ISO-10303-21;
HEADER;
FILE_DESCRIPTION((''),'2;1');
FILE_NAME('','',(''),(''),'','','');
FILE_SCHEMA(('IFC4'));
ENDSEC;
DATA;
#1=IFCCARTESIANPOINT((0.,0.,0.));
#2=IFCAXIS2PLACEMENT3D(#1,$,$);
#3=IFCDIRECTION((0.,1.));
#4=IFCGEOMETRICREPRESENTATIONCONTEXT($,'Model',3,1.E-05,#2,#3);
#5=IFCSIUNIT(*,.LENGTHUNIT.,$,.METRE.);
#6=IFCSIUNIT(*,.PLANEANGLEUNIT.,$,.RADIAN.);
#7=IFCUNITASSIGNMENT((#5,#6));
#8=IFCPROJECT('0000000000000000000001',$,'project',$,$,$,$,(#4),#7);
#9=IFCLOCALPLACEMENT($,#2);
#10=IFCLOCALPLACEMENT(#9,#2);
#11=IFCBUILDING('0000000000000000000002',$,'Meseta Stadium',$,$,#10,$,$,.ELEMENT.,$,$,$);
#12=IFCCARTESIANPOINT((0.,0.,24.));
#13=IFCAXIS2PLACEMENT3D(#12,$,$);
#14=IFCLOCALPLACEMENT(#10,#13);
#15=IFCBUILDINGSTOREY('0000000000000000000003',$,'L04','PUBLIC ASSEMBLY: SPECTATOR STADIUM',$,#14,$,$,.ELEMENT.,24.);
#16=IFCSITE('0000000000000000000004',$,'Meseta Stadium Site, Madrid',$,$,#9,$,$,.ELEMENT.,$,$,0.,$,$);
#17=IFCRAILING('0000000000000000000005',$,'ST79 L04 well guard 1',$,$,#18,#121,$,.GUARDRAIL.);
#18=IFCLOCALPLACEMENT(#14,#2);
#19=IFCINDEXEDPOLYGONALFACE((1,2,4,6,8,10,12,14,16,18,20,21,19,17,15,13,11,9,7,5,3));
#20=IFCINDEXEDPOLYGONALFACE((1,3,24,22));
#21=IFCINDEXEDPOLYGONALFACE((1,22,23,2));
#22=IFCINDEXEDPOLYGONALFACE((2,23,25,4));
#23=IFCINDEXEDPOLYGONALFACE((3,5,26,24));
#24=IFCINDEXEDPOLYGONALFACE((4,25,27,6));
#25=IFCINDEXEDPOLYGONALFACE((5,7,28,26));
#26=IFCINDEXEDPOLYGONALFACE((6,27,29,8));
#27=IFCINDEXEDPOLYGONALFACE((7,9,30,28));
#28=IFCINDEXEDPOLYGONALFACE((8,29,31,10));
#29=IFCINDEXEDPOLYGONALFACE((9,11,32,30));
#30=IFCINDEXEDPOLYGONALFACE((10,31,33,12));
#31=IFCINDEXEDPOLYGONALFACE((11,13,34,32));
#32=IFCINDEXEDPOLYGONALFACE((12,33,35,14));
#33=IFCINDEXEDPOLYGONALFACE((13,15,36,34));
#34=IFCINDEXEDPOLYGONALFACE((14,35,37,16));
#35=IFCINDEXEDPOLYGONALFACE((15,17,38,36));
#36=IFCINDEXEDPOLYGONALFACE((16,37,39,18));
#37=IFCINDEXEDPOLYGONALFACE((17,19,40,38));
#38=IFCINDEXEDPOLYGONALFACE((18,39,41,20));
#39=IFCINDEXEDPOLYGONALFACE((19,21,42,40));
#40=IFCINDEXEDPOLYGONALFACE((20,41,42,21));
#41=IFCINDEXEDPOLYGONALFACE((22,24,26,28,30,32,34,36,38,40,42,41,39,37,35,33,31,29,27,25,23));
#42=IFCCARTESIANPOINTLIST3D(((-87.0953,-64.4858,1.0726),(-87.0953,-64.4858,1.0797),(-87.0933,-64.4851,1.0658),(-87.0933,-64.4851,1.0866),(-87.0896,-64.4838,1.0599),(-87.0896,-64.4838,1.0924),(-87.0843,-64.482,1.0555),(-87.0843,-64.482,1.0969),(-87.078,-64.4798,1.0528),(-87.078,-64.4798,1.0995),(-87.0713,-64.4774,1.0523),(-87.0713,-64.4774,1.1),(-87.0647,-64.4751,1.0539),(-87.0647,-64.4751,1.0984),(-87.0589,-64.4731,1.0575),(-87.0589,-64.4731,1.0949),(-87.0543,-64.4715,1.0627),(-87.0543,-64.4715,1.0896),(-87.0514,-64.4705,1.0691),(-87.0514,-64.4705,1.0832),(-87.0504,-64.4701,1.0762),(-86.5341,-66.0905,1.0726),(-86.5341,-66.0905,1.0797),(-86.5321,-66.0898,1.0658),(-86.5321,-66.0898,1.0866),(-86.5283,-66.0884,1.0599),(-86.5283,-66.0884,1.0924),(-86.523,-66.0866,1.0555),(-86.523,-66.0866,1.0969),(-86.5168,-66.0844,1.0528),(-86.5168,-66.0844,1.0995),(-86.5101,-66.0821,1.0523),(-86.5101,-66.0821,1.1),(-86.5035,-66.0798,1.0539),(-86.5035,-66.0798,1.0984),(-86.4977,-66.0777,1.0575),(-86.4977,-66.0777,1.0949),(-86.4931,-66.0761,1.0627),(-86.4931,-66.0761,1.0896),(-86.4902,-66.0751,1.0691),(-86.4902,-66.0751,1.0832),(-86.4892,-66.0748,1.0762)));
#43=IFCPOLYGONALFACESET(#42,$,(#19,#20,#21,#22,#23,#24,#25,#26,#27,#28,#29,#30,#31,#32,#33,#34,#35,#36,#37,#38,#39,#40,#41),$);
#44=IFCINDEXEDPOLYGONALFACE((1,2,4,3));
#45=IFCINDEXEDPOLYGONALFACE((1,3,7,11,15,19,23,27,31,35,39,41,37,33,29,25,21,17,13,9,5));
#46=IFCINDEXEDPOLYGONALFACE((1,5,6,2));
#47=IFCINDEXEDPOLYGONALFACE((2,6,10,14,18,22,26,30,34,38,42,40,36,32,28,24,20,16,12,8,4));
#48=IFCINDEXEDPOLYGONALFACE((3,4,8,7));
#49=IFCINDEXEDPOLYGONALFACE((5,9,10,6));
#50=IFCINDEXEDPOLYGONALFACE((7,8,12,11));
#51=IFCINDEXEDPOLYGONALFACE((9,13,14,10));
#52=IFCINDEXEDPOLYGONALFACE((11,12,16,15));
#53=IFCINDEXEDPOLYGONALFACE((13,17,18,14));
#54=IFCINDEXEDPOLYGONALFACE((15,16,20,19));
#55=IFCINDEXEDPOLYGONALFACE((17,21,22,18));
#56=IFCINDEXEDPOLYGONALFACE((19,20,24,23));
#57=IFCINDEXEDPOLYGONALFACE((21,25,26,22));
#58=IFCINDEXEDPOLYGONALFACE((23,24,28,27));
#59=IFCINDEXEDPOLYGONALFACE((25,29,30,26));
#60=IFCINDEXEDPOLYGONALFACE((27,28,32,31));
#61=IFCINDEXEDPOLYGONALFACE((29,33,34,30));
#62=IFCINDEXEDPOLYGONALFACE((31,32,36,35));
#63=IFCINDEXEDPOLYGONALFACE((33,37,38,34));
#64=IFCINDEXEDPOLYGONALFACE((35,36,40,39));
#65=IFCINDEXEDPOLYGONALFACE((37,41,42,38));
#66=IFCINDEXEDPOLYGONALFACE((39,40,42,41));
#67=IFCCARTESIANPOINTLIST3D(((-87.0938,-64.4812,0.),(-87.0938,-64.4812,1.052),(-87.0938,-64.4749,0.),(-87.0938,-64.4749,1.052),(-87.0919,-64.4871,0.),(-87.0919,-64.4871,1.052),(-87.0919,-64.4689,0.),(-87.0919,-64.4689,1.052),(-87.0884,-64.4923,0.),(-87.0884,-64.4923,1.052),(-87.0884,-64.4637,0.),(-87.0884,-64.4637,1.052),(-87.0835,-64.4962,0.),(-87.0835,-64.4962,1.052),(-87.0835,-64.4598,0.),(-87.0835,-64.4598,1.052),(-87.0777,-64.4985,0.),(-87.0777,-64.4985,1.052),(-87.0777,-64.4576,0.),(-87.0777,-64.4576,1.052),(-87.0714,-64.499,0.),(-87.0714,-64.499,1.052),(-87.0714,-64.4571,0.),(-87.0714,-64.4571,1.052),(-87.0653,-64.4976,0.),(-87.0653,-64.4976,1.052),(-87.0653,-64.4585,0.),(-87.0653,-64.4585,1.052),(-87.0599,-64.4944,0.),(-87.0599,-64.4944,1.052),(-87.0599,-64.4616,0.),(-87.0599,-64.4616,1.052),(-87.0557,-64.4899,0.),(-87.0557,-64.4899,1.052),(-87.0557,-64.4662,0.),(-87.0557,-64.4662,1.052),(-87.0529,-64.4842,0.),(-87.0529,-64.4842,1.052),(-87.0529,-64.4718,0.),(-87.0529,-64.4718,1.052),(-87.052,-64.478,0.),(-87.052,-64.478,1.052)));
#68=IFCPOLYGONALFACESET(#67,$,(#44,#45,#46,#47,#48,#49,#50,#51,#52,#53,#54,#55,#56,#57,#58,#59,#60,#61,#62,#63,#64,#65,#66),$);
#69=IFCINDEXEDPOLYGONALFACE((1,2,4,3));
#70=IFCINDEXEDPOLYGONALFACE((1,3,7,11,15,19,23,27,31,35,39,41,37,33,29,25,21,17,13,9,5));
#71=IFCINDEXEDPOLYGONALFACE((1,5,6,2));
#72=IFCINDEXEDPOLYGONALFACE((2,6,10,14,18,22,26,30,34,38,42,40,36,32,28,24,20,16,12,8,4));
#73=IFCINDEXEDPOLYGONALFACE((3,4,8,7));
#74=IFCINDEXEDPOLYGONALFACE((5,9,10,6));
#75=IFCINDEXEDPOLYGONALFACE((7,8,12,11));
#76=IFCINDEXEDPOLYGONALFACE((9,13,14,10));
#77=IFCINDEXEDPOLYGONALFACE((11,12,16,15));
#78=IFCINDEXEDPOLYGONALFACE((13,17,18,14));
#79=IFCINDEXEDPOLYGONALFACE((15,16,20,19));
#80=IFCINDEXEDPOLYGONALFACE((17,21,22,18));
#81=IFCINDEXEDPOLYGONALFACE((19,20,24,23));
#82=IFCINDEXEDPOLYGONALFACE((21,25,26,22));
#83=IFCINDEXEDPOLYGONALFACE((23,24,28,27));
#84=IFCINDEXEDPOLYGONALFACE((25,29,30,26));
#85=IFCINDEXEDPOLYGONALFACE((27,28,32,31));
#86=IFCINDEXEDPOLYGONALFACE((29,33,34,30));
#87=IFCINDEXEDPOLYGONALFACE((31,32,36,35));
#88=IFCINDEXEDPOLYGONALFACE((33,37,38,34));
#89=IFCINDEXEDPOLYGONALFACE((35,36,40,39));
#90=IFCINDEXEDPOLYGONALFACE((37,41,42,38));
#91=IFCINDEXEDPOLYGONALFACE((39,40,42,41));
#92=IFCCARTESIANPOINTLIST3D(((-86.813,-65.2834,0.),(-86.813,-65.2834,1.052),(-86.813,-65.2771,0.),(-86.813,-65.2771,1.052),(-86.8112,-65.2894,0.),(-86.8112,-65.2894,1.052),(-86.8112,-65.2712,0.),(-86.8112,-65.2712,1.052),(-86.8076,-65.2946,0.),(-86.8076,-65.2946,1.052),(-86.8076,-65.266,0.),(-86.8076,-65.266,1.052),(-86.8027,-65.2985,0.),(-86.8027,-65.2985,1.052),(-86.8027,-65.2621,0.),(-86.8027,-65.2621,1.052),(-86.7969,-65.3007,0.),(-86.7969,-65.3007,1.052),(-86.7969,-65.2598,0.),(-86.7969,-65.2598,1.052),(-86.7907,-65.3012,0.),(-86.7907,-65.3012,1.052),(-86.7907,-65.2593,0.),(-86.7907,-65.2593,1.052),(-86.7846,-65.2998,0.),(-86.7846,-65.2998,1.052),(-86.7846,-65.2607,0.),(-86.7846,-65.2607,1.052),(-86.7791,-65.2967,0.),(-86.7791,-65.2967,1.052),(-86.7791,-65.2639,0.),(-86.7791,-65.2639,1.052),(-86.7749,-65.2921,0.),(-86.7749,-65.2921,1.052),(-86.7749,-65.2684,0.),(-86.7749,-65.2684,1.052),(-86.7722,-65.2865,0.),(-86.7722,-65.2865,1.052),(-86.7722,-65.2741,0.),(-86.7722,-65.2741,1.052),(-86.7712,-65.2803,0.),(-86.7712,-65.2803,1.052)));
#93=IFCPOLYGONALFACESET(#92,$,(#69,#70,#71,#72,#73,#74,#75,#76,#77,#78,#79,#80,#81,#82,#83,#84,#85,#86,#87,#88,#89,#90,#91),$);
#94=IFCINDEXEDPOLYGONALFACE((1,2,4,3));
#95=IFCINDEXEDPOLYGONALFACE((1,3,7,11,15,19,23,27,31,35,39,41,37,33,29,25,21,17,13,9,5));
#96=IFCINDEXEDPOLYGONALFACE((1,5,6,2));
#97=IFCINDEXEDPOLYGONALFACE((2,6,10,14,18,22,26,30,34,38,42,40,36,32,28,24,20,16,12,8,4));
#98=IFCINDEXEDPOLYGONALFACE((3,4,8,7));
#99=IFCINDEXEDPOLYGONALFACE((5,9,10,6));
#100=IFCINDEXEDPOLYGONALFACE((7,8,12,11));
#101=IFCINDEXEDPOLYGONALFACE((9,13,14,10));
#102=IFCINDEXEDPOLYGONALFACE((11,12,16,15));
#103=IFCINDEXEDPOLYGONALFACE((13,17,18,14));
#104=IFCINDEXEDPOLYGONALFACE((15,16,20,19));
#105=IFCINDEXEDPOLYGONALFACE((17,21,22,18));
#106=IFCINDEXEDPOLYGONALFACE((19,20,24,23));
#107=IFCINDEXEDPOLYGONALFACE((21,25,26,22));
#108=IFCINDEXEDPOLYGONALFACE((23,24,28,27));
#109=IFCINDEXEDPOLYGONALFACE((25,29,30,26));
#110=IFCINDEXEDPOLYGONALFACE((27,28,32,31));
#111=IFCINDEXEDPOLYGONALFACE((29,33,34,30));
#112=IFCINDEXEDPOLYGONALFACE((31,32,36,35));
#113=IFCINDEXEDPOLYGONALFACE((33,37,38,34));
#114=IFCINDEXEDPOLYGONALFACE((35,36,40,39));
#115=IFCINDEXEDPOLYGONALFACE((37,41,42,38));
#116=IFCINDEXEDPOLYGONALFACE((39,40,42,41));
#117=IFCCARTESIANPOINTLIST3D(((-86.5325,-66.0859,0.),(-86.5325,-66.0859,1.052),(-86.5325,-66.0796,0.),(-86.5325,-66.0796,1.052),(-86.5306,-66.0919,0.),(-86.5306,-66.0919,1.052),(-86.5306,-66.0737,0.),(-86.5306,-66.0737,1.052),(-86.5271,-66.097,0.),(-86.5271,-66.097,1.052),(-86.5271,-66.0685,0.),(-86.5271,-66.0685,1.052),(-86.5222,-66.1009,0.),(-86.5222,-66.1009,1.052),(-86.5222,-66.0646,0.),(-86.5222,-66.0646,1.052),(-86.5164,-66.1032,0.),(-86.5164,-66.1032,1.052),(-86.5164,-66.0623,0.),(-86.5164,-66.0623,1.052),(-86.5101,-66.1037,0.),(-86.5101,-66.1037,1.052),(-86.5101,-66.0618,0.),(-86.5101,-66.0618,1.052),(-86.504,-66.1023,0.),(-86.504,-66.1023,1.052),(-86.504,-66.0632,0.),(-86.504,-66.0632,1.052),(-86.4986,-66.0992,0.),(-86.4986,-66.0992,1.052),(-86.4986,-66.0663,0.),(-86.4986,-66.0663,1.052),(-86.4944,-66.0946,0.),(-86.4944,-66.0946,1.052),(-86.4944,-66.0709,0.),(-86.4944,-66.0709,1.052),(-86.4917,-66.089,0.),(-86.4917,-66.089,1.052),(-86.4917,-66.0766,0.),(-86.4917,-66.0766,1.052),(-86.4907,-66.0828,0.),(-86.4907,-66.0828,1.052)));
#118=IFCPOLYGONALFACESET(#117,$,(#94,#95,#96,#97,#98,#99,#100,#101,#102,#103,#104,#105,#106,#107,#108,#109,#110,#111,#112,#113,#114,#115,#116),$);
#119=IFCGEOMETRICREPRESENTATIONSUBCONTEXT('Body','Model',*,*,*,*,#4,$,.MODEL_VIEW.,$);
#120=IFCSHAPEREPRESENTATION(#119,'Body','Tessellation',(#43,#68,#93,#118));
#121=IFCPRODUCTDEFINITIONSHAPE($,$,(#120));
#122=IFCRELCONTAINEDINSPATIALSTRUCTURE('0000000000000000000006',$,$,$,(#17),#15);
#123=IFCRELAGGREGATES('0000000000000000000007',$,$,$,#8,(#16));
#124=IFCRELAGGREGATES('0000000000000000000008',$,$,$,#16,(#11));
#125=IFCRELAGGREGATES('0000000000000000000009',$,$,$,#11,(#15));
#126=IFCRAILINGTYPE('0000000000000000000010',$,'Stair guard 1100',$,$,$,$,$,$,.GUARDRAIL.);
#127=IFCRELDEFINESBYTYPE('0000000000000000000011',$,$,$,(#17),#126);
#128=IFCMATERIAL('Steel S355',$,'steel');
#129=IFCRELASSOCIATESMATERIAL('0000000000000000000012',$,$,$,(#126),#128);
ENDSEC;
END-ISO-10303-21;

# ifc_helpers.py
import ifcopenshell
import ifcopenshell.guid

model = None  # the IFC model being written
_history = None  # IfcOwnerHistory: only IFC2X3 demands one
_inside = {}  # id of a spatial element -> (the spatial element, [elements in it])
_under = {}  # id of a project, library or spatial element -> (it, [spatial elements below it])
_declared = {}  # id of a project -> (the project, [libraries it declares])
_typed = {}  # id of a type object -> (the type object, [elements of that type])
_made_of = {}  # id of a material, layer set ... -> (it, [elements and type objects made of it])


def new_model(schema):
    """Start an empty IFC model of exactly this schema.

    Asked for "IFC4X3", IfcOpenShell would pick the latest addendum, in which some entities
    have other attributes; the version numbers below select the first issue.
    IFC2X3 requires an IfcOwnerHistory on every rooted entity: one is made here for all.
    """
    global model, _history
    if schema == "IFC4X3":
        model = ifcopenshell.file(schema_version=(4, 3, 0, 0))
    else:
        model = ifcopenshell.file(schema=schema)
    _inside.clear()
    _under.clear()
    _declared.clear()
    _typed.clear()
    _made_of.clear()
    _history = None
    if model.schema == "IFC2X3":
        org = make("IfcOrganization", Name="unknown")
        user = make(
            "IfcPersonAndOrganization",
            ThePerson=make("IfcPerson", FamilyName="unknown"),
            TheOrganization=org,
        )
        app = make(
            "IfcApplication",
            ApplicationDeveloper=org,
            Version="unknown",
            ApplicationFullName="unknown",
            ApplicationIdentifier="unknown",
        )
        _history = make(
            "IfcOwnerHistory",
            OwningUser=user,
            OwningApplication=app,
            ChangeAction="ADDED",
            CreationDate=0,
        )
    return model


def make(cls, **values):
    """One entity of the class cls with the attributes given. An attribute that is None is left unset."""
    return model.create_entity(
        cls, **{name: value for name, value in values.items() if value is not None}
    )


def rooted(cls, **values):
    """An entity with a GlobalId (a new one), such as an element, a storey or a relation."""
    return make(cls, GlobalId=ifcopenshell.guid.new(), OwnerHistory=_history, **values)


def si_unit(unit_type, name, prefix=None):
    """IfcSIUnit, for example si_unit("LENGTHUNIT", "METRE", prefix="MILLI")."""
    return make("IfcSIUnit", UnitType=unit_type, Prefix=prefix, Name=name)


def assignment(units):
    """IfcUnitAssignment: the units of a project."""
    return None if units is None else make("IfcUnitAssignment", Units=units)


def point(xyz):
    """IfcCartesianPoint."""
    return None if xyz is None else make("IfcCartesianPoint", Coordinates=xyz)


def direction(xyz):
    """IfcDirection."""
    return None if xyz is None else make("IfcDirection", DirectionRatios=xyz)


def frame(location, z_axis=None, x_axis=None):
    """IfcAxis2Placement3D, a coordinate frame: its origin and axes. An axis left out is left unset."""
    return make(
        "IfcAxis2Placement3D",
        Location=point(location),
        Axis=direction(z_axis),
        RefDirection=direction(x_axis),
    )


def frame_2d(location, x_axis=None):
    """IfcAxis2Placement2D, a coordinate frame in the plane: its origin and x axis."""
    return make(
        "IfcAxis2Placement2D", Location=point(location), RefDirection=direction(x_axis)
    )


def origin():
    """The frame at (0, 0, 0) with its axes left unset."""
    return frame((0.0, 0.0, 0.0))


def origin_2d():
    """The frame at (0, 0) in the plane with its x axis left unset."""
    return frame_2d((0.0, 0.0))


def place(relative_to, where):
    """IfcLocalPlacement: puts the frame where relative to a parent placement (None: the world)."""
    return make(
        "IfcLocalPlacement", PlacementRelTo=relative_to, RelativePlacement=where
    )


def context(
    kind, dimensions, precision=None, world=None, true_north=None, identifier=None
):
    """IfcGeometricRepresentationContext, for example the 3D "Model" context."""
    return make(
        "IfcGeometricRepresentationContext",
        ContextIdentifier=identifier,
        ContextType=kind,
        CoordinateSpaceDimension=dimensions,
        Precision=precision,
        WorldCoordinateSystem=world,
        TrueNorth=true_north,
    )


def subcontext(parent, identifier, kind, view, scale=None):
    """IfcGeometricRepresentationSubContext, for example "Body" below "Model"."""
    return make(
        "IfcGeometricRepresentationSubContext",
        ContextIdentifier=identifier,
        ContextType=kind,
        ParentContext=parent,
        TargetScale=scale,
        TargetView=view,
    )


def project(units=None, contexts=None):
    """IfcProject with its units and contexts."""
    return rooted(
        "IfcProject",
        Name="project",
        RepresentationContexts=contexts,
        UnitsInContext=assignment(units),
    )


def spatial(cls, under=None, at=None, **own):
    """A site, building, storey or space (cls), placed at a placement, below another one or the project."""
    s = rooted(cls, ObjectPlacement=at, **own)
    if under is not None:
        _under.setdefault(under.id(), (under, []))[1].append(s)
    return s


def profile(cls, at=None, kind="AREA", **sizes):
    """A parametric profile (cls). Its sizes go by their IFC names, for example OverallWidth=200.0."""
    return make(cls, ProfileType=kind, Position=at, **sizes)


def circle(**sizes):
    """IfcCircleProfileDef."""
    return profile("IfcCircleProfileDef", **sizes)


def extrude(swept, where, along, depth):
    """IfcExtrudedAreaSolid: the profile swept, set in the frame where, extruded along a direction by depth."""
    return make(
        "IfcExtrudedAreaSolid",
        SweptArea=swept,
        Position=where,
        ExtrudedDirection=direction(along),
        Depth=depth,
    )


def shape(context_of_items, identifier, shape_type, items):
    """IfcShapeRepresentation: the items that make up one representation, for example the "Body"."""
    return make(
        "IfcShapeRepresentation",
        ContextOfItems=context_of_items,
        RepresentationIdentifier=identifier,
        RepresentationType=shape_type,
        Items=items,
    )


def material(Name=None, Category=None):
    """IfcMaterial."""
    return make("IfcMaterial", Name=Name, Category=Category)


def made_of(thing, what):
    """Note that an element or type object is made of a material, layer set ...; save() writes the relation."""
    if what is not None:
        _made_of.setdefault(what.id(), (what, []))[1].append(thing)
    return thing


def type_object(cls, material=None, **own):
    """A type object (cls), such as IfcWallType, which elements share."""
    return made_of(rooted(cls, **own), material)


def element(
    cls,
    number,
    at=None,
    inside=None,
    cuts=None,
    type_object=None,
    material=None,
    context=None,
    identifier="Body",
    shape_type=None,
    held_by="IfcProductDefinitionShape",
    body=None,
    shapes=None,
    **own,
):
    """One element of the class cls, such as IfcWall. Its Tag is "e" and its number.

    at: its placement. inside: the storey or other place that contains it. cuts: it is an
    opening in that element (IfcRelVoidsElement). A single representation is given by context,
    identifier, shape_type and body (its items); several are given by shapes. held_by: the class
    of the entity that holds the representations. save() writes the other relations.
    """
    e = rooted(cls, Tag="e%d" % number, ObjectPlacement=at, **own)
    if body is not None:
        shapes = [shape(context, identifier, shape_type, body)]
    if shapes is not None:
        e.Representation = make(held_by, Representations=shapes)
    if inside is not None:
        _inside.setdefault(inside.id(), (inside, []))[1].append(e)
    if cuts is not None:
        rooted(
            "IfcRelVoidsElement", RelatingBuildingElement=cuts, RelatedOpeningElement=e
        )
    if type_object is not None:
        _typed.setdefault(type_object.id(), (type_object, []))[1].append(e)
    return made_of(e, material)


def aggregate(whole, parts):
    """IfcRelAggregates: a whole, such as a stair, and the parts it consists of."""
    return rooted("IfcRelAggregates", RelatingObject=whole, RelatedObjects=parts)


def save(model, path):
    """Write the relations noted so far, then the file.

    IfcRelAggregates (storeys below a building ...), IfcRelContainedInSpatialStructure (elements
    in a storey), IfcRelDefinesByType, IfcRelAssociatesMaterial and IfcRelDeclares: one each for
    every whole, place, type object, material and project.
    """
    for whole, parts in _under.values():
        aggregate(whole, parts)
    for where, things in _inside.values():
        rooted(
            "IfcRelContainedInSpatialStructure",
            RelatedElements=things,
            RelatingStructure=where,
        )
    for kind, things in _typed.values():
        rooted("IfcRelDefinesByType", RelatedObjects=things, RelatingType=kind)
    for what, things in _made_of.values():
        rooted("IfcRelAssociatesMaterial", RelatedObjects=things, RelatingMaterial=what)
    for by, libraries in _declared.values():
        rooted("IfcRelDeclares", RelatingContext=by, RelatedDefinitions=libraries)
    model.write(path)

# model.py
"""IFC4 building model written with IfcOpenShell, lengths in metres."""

from ifc_helpers import new_model, si_unit, direction, frame, origin, origin_2d, place, context, subcontext, project, spatial, circle, extrude, material, type_object, element, save


model = new_model("IFC4")

# Units and contexts
model_context = context("Model", 3, precision=1e-05, world=origin(), true_north=direction((0.0, 1.0)))
body_context = subcontext(model_context, "Body", "Model", "MODEL_VIEW")
ifc_project = project(units=[si_unit("LENGTHUNIT", "METRE"), si_unit("PLANEANGLEUNIT", "RADIAN")], contexts=[model_context])

# Site, building, storey
site_placement = place(None, origin())
site = spatial("IfcSite", under=ifc_project, at=site_placement, Name="Meseta Stadium Site, Madrid", CompositionType="ELEMENT", RefElevation=0.0)
building_placement = place(site_placement, origin())
building = spatial("IfcBuilding", under=site, at=building_placement, Name="Meseta Stadium", CompositionType="ELEMENT")
storey_placement = place(building_placement, frame((0.0, 0.0, 24.0)))
storey = spatial("IfcBuildingStorey", under=building, at=storey_placement, Name="L04", Description="PUBLIC ASSEMBLY: SPECTATOR STADIUM", CompositionType="ELEMENT", Elevation=24.0)

# Railing
ifc_material_1 = material(Name="Steel S355", Category="steel")
railing_type = type_object("IfcRailingType", Name="Stair guard 1100", PredefinedType="GUARDRAIL", material=ifc_material_1)
railing_1_placement = place(storey_placement, frame((-87.073, -64.478, 0.0)))
element("IfcRailing", 1, at=railing_1_placement, inside=storey, type_object=railing_type, Name="ST79 L04 well guard 1", PredefinedType="GUARDRAIL", context=body_context, shape_type="SweptSolid", body=[
    extrude(circle(Radius=0.0239, at=origin_2d()), frame((0.0, 0.0, 1.0762), z_axis=(0.330152, -0.943928, 0.0), x_axis=(0.943928, 0.330152, 0.0)), (0.0, 0.0, 1.0), 1.7),
    extrude(circle(Radius=0.021, at=origin_2d()), origin(), (0.0, 0.0, 1.0), 1.052),
    extrude(circle(Radius=0.021, at=origin_2d()), frame((0.2808, -0.8022, 0.0)), (0.0, 0.0, 1.0), 1.052),
    extrude(circle(Radius=0.021, at=origin_2d()), frame((0.5613, -1.6047, 0.0)), (0.0, 0.0, 1.0), 1.052),
])

save(model, "model.ifc")
